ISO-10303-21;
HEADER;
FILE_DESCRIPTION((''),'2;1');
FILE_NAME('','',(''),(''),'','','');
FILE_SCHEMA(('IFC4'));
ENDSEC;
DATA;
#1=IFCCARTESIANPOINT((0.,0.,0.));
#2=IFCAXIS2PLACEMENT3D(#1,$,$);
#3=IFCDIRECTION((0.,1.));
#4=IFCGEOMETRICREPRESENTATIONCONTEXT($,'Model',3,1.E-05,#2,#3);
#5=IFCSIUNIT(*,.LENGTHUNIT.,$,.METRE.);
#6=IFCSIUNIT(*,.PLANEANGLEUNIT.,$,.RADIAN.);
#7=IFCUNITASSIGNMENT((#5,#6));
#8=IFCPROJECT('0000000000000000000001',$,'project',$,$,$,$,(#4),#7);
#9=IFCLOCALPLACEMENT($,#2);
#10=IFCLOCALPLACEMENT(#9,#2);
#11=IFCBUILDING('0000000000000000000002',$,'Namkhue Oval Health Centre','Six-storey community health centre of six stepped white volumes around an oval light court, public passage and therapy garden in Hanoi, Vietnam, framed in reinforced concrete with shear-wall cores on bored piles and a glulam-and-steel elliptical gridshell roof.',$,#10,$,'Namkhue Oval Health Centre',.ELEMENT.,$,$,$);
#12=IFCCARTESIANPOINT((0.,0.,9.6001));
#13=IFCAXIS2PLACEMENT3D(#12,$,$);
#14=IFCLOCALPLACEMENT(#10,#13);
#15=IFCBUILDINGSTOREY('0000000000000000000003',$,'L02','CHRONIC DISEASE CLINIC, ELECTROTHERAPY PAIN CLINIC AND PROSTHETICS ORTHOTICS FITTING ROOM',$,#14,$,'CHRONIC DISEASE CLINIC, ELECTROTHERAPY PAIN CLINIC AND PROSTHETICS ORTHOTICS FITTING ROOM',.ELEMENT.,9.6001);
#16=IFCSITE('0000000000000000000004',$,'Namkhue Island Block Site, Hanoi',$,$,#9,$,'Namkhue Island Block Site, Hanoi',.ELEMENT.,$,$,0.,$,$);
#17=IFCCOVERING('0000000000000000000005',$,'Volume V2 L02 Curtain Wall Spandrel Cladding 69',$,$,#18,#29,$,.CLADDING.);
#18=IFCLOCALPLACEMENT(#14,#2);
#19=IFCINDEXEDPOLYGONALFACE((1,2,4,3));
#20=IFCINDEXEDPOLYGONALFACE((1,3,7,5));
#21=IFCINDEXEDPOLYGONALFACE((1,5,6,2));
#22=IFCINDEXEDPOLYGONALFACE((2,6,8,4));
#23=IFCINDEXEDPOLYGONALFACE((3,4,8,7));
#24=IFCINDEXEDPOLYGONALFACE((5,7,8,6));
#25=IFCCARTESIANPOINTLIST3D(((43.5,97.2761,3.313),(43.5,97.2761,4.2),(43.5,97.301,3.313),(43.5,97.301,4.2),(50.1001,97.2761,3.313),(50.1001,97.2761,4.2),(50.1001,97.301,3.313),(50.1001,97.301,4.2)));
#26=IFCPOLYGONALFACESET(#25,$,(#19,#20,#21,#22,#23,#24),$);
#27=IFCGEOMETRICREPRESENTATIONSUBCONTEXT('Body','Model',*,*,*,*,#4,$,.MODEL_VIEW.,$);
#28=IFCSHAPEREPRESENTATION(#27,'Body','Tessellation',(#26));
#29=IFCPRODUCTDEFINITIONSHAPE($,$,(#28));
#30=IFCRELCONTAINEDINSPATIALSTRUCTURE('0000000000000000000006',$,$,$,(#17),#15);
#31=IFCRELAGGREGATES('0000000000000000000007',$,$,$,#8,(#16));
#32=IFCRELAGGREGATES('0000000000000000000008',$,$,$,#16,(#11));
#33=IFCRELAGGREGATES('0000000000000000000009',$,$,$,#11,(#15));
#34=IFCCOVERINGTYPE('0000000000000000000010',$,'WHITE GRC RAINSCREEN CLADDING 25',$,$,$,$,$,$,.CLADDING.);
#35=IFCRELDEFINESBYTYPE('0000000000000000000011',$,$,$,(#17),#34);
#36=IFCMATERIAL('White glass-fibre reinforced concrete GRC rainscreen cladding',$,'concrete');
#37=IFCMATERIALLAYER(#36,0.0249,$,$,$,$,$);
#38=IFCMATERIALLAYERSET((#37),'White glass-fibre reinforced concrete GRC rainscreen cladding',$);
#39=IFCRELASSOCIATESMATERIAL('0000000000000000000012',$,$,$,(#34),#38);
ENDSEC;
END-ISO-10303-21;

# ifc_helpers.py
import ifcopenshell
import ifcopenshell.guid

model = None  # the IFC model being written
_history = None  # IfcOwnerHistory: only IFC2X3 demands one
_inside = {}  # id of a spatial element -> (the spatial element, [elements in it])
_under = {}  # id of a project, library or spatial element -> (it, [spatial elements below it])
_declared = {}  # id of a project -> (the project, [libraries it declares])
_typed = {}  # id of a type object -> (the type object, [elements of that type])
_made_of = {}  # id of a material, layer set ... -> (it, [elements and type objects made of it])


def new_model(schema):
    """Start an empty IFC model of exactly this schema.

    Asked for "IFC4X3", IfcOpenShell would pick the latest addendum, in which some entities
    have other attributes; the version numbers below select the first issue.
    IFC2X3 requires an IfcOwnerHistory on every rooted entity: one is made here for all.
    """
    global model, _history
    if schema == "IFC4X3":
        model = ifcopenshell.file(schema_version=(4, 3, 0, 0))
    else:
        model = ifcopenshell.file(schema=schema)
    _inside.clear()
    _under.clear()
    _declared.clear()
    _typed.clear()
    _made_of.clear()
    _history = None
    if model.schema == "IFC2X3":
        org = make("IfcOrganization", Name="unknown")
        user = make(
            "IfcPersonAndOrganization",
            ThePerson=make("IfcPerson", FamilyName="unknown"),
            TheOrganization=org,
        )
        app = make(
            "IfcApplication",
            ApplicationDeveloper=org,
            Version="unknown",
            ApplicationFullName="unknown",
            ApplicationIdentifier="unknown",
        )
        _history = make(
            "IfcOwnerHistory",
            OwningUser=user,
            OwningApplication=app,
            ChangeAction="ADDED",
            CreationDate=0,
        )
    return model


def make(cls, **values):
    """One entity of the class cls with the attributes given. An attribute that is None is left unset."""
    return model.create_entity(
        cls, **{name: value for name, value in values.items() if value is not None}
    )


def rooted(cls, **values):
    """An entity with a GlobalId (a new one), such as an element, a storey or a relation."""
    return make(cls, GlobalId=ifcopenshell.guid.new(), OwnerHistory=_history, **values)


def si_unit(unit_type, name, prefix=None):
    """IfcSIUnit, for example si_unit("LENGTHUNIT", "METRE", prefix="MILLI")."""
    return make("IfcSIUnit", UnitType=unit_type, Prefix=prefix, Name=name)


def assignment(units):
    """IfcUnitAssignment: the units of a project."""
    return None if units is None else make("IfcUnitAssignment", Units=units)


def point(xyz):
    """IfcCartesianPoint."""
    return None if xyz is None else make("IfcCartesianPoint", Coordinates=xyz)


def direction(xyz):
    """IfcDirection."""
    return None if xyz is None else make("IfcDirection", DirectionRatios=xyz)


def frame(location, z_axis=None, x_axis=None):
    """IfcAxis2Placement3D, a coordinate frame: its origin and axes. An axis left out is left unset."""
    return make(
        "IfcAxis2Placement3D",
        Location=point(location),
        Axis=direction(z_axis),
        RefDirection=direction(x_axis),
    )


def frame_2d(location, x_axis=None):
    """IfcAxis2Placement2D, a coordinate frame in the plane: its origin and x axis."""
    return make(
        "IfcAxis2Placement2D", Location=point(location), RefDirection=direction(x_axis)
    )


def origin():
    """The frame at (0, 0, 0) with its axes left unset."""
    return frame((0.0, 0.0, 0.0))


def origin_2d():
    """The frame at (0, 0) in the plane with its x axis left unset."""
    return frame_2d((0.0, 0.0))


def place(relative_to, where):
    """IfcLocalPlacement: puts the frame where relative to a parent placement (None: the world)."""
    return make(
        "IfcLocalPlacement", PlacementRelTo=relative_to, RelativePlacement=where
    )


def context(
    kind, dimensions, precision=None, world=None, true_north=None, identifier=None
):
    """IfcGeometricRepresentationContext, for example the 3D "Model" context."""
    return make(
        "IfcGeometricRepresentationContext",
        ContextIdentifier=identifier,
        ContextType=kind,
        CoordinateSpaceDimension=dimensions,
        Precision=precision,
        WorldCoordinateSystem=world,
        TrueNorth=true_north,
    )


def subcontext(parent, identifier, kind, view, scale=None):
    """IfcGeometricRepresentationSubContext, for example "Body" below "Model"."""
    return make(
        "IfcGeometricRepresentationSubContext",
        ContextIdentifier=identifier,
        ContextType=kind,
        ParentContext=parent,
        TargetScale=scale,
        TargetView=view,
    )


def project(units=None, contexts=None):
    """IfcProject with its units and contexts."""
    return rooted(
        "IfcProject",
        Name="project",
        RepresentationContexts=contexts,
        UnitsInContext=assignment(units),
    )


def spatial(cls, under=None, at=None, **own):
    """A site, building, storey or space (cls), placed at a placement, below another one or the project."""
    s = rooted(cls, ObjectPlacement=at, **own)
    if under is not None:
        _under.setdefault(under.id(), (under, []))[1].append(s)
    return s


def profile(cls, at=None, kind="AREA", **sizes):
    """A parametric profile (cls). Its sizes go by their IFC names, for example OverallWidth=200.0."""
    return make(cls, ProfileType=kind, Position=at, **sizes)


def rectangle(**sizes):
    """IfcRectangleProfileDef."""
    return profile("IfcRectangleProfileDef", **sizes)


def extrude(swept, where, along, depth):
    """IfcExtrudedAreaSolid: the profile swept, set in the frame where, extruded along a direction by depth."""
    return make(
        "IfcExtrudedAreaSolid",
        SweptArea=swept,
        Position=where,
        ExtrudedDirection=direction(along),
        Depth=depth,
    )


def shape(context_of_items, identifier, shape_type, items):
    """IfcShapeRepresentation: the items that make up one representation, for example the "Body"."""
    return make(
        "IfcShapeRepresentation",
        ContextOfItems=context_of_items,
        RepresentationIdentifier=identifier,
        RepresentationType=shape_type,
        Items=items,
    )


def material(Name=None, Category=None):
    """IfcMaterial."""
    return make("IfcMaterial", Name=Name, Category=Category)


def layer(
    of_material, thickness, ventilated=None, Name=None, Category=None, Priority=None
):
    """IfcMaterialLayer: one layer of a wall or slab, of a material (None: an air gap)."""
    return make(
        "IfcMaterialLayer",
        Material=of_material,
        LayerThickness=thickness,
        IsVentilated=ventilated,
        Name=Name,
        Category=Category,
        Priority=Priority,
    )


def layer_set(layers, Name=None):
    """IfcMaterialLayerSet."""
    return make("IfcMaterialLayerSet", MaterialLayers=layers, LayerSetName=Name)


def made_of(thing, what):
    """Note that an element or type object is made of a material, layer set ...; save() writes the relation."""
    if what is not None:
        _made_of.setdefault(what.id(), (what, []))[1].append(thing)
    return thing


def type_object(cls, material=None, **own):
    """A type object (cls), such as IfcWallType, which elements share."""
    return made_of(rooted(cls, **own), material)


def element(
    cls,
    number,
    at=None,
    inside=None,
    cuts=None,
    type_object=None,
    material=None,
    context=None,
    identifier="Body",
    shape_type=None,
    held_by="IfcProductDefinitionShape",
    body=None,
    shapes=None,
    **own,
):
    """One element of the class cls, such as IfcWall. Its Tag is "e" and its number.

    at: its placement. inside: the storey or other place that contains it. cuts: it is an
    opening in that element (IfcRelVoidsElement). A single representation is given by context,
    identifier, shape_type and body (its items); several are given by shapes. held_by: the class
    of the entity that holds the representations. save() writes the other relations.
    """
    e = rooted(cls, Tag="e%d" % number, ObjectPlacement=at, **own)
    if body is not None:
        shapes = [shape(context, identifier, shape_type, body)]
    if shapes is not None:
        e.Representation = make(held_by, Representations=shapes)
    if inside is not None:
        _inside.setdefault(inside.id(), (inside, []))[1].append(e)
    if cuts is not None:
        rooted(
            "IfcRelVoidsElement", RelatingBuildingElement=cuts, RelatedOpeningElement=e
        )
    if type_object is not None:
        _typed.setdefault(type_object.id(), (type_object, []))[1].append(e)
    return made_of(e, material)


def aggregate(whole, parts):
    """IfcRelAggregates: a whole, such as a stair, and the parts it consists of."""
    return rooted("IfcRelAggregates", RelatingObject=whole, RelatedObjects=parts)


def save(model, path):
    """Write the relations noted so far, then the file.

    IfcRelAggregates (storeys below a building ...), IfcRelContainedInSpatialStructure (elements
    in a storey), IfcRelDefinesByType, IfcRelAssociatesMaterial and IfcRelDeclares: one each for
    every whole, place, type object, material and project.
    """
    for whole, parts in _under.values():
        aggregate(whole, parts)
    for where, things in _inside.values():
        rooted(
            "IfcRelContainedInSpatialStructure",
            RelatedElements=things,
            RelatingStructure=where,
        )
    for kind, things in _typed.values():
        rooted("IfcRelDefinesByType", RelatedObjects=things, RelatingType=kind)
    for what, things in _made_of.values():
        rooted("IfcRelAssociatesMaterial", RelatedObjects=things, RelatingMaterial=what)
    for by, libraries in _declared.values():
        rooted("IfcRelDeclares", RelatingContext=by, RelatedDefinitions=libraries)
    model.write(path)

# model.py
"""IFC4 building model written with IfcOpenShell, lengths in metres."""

from ifc_helpers import new_model, si_unit, direction, frame, origin, origin_2d, place, context, subcontext, project, spatial, rectangle, extrude, material, layer, layer_set, type_object, element, save


model = new_model("IFC4")

# Units and contexts
model_context = context("Model", 3, precision=1e-05, world=origin(), true_north=direction((0.0, 1.0)))
body_context = subcontext(model_context, "Body", "Model", "MODEL_VIEW")
ifc_project = project(units=[si_unit("LENGTHUNIT", "METRE"), si_unit("PLANEANGLEUNIT", "RADIAN")], contexts=[model_context])

# Site, building, storey
site_placement = place(None, origin())
site = spatial("IfcSite", under=ifc_project, at=site_placement, Name="Namkhue Island Block Site, Hanoi", LongName="Namkhue Island Block Site, Hanoi", CompositionType="ELEMENT", RefElevation=0.0)
building_placement = place(site_placement, origin())
building = spatial("IfcBuilding", under=site, at=building_placement, Name="Namkhue Oval Health Centre", Description="Six-storey community health centre of six stepped white volumes around an oval light court, public passage and therapy garden in Hanoi, Vietnam, framed in reinforced concrete with shear-wall cores on bored piles and a glulam-and-steel elliptical gridshell roof.", LongName="Namkhue Oval Health Centre", CompositionType="ELEMENT")
storey_placement = place(building_placement, frame((0.0, 0.0, 9.6001)))
storey = spatial("IfcBuildingStorey", under=building, at=storey_placement, Name="L02", Description="CHRONIC DISEASE CLINIC, ELECTROTHERAPY PAIN CLINIC AND PROSTHETICS ORTHOTICS FITTING ROOM", LongName="CHRONIC DISEASE CLINIC, ELECTROTHERAPY PAIN CLINIC AND PROSTHETICS ORTHOTICS FITTING ROOM", CompositionType="ELEMENT", Elevation=9.6001)

# Covering
ifc_material_1 = material(Name="White glass-fibre reinforced concrete GRC rainscreen cladding", Category="concrete")
ifc_layer_1 = layer(ifc_material_1, 0.0249)
ifc_layer_set_1 = layer_set([ifc_layer_1], Name="White glass-fibre reinforced concrete GRC rainscreen cladding")
covering_type = type_object("IfcCoveringType", Name="WHITE GRC RAINSCREEN CLADDING 25", PredefinedType="CLADDING", material=ifc_layer_set_1)
covering_1_placement = place(storey_placement, frame((46.8, 97.2886, 3.313), z_axis=(0.0, 0.0, 1.0), x_axis=(-1.0, 0.0, 0.0)))
element("IfcCovering", 1, at=covering_1_placement, inside=storey, type_object=covering_type, Name="Volume V2 L02 Curtain Wall Spandrel Cladding 69", PredefinedType="CLADDING", context=body_context, shape_type="SweptSolid", body=[
    extrude(rectangle(XDim=6.6001, YDim=0.0249, at=origin_2d()), origin(), (0.0, 0.0, 1.0), 0.887),
])

save(model, "model.ifc")
